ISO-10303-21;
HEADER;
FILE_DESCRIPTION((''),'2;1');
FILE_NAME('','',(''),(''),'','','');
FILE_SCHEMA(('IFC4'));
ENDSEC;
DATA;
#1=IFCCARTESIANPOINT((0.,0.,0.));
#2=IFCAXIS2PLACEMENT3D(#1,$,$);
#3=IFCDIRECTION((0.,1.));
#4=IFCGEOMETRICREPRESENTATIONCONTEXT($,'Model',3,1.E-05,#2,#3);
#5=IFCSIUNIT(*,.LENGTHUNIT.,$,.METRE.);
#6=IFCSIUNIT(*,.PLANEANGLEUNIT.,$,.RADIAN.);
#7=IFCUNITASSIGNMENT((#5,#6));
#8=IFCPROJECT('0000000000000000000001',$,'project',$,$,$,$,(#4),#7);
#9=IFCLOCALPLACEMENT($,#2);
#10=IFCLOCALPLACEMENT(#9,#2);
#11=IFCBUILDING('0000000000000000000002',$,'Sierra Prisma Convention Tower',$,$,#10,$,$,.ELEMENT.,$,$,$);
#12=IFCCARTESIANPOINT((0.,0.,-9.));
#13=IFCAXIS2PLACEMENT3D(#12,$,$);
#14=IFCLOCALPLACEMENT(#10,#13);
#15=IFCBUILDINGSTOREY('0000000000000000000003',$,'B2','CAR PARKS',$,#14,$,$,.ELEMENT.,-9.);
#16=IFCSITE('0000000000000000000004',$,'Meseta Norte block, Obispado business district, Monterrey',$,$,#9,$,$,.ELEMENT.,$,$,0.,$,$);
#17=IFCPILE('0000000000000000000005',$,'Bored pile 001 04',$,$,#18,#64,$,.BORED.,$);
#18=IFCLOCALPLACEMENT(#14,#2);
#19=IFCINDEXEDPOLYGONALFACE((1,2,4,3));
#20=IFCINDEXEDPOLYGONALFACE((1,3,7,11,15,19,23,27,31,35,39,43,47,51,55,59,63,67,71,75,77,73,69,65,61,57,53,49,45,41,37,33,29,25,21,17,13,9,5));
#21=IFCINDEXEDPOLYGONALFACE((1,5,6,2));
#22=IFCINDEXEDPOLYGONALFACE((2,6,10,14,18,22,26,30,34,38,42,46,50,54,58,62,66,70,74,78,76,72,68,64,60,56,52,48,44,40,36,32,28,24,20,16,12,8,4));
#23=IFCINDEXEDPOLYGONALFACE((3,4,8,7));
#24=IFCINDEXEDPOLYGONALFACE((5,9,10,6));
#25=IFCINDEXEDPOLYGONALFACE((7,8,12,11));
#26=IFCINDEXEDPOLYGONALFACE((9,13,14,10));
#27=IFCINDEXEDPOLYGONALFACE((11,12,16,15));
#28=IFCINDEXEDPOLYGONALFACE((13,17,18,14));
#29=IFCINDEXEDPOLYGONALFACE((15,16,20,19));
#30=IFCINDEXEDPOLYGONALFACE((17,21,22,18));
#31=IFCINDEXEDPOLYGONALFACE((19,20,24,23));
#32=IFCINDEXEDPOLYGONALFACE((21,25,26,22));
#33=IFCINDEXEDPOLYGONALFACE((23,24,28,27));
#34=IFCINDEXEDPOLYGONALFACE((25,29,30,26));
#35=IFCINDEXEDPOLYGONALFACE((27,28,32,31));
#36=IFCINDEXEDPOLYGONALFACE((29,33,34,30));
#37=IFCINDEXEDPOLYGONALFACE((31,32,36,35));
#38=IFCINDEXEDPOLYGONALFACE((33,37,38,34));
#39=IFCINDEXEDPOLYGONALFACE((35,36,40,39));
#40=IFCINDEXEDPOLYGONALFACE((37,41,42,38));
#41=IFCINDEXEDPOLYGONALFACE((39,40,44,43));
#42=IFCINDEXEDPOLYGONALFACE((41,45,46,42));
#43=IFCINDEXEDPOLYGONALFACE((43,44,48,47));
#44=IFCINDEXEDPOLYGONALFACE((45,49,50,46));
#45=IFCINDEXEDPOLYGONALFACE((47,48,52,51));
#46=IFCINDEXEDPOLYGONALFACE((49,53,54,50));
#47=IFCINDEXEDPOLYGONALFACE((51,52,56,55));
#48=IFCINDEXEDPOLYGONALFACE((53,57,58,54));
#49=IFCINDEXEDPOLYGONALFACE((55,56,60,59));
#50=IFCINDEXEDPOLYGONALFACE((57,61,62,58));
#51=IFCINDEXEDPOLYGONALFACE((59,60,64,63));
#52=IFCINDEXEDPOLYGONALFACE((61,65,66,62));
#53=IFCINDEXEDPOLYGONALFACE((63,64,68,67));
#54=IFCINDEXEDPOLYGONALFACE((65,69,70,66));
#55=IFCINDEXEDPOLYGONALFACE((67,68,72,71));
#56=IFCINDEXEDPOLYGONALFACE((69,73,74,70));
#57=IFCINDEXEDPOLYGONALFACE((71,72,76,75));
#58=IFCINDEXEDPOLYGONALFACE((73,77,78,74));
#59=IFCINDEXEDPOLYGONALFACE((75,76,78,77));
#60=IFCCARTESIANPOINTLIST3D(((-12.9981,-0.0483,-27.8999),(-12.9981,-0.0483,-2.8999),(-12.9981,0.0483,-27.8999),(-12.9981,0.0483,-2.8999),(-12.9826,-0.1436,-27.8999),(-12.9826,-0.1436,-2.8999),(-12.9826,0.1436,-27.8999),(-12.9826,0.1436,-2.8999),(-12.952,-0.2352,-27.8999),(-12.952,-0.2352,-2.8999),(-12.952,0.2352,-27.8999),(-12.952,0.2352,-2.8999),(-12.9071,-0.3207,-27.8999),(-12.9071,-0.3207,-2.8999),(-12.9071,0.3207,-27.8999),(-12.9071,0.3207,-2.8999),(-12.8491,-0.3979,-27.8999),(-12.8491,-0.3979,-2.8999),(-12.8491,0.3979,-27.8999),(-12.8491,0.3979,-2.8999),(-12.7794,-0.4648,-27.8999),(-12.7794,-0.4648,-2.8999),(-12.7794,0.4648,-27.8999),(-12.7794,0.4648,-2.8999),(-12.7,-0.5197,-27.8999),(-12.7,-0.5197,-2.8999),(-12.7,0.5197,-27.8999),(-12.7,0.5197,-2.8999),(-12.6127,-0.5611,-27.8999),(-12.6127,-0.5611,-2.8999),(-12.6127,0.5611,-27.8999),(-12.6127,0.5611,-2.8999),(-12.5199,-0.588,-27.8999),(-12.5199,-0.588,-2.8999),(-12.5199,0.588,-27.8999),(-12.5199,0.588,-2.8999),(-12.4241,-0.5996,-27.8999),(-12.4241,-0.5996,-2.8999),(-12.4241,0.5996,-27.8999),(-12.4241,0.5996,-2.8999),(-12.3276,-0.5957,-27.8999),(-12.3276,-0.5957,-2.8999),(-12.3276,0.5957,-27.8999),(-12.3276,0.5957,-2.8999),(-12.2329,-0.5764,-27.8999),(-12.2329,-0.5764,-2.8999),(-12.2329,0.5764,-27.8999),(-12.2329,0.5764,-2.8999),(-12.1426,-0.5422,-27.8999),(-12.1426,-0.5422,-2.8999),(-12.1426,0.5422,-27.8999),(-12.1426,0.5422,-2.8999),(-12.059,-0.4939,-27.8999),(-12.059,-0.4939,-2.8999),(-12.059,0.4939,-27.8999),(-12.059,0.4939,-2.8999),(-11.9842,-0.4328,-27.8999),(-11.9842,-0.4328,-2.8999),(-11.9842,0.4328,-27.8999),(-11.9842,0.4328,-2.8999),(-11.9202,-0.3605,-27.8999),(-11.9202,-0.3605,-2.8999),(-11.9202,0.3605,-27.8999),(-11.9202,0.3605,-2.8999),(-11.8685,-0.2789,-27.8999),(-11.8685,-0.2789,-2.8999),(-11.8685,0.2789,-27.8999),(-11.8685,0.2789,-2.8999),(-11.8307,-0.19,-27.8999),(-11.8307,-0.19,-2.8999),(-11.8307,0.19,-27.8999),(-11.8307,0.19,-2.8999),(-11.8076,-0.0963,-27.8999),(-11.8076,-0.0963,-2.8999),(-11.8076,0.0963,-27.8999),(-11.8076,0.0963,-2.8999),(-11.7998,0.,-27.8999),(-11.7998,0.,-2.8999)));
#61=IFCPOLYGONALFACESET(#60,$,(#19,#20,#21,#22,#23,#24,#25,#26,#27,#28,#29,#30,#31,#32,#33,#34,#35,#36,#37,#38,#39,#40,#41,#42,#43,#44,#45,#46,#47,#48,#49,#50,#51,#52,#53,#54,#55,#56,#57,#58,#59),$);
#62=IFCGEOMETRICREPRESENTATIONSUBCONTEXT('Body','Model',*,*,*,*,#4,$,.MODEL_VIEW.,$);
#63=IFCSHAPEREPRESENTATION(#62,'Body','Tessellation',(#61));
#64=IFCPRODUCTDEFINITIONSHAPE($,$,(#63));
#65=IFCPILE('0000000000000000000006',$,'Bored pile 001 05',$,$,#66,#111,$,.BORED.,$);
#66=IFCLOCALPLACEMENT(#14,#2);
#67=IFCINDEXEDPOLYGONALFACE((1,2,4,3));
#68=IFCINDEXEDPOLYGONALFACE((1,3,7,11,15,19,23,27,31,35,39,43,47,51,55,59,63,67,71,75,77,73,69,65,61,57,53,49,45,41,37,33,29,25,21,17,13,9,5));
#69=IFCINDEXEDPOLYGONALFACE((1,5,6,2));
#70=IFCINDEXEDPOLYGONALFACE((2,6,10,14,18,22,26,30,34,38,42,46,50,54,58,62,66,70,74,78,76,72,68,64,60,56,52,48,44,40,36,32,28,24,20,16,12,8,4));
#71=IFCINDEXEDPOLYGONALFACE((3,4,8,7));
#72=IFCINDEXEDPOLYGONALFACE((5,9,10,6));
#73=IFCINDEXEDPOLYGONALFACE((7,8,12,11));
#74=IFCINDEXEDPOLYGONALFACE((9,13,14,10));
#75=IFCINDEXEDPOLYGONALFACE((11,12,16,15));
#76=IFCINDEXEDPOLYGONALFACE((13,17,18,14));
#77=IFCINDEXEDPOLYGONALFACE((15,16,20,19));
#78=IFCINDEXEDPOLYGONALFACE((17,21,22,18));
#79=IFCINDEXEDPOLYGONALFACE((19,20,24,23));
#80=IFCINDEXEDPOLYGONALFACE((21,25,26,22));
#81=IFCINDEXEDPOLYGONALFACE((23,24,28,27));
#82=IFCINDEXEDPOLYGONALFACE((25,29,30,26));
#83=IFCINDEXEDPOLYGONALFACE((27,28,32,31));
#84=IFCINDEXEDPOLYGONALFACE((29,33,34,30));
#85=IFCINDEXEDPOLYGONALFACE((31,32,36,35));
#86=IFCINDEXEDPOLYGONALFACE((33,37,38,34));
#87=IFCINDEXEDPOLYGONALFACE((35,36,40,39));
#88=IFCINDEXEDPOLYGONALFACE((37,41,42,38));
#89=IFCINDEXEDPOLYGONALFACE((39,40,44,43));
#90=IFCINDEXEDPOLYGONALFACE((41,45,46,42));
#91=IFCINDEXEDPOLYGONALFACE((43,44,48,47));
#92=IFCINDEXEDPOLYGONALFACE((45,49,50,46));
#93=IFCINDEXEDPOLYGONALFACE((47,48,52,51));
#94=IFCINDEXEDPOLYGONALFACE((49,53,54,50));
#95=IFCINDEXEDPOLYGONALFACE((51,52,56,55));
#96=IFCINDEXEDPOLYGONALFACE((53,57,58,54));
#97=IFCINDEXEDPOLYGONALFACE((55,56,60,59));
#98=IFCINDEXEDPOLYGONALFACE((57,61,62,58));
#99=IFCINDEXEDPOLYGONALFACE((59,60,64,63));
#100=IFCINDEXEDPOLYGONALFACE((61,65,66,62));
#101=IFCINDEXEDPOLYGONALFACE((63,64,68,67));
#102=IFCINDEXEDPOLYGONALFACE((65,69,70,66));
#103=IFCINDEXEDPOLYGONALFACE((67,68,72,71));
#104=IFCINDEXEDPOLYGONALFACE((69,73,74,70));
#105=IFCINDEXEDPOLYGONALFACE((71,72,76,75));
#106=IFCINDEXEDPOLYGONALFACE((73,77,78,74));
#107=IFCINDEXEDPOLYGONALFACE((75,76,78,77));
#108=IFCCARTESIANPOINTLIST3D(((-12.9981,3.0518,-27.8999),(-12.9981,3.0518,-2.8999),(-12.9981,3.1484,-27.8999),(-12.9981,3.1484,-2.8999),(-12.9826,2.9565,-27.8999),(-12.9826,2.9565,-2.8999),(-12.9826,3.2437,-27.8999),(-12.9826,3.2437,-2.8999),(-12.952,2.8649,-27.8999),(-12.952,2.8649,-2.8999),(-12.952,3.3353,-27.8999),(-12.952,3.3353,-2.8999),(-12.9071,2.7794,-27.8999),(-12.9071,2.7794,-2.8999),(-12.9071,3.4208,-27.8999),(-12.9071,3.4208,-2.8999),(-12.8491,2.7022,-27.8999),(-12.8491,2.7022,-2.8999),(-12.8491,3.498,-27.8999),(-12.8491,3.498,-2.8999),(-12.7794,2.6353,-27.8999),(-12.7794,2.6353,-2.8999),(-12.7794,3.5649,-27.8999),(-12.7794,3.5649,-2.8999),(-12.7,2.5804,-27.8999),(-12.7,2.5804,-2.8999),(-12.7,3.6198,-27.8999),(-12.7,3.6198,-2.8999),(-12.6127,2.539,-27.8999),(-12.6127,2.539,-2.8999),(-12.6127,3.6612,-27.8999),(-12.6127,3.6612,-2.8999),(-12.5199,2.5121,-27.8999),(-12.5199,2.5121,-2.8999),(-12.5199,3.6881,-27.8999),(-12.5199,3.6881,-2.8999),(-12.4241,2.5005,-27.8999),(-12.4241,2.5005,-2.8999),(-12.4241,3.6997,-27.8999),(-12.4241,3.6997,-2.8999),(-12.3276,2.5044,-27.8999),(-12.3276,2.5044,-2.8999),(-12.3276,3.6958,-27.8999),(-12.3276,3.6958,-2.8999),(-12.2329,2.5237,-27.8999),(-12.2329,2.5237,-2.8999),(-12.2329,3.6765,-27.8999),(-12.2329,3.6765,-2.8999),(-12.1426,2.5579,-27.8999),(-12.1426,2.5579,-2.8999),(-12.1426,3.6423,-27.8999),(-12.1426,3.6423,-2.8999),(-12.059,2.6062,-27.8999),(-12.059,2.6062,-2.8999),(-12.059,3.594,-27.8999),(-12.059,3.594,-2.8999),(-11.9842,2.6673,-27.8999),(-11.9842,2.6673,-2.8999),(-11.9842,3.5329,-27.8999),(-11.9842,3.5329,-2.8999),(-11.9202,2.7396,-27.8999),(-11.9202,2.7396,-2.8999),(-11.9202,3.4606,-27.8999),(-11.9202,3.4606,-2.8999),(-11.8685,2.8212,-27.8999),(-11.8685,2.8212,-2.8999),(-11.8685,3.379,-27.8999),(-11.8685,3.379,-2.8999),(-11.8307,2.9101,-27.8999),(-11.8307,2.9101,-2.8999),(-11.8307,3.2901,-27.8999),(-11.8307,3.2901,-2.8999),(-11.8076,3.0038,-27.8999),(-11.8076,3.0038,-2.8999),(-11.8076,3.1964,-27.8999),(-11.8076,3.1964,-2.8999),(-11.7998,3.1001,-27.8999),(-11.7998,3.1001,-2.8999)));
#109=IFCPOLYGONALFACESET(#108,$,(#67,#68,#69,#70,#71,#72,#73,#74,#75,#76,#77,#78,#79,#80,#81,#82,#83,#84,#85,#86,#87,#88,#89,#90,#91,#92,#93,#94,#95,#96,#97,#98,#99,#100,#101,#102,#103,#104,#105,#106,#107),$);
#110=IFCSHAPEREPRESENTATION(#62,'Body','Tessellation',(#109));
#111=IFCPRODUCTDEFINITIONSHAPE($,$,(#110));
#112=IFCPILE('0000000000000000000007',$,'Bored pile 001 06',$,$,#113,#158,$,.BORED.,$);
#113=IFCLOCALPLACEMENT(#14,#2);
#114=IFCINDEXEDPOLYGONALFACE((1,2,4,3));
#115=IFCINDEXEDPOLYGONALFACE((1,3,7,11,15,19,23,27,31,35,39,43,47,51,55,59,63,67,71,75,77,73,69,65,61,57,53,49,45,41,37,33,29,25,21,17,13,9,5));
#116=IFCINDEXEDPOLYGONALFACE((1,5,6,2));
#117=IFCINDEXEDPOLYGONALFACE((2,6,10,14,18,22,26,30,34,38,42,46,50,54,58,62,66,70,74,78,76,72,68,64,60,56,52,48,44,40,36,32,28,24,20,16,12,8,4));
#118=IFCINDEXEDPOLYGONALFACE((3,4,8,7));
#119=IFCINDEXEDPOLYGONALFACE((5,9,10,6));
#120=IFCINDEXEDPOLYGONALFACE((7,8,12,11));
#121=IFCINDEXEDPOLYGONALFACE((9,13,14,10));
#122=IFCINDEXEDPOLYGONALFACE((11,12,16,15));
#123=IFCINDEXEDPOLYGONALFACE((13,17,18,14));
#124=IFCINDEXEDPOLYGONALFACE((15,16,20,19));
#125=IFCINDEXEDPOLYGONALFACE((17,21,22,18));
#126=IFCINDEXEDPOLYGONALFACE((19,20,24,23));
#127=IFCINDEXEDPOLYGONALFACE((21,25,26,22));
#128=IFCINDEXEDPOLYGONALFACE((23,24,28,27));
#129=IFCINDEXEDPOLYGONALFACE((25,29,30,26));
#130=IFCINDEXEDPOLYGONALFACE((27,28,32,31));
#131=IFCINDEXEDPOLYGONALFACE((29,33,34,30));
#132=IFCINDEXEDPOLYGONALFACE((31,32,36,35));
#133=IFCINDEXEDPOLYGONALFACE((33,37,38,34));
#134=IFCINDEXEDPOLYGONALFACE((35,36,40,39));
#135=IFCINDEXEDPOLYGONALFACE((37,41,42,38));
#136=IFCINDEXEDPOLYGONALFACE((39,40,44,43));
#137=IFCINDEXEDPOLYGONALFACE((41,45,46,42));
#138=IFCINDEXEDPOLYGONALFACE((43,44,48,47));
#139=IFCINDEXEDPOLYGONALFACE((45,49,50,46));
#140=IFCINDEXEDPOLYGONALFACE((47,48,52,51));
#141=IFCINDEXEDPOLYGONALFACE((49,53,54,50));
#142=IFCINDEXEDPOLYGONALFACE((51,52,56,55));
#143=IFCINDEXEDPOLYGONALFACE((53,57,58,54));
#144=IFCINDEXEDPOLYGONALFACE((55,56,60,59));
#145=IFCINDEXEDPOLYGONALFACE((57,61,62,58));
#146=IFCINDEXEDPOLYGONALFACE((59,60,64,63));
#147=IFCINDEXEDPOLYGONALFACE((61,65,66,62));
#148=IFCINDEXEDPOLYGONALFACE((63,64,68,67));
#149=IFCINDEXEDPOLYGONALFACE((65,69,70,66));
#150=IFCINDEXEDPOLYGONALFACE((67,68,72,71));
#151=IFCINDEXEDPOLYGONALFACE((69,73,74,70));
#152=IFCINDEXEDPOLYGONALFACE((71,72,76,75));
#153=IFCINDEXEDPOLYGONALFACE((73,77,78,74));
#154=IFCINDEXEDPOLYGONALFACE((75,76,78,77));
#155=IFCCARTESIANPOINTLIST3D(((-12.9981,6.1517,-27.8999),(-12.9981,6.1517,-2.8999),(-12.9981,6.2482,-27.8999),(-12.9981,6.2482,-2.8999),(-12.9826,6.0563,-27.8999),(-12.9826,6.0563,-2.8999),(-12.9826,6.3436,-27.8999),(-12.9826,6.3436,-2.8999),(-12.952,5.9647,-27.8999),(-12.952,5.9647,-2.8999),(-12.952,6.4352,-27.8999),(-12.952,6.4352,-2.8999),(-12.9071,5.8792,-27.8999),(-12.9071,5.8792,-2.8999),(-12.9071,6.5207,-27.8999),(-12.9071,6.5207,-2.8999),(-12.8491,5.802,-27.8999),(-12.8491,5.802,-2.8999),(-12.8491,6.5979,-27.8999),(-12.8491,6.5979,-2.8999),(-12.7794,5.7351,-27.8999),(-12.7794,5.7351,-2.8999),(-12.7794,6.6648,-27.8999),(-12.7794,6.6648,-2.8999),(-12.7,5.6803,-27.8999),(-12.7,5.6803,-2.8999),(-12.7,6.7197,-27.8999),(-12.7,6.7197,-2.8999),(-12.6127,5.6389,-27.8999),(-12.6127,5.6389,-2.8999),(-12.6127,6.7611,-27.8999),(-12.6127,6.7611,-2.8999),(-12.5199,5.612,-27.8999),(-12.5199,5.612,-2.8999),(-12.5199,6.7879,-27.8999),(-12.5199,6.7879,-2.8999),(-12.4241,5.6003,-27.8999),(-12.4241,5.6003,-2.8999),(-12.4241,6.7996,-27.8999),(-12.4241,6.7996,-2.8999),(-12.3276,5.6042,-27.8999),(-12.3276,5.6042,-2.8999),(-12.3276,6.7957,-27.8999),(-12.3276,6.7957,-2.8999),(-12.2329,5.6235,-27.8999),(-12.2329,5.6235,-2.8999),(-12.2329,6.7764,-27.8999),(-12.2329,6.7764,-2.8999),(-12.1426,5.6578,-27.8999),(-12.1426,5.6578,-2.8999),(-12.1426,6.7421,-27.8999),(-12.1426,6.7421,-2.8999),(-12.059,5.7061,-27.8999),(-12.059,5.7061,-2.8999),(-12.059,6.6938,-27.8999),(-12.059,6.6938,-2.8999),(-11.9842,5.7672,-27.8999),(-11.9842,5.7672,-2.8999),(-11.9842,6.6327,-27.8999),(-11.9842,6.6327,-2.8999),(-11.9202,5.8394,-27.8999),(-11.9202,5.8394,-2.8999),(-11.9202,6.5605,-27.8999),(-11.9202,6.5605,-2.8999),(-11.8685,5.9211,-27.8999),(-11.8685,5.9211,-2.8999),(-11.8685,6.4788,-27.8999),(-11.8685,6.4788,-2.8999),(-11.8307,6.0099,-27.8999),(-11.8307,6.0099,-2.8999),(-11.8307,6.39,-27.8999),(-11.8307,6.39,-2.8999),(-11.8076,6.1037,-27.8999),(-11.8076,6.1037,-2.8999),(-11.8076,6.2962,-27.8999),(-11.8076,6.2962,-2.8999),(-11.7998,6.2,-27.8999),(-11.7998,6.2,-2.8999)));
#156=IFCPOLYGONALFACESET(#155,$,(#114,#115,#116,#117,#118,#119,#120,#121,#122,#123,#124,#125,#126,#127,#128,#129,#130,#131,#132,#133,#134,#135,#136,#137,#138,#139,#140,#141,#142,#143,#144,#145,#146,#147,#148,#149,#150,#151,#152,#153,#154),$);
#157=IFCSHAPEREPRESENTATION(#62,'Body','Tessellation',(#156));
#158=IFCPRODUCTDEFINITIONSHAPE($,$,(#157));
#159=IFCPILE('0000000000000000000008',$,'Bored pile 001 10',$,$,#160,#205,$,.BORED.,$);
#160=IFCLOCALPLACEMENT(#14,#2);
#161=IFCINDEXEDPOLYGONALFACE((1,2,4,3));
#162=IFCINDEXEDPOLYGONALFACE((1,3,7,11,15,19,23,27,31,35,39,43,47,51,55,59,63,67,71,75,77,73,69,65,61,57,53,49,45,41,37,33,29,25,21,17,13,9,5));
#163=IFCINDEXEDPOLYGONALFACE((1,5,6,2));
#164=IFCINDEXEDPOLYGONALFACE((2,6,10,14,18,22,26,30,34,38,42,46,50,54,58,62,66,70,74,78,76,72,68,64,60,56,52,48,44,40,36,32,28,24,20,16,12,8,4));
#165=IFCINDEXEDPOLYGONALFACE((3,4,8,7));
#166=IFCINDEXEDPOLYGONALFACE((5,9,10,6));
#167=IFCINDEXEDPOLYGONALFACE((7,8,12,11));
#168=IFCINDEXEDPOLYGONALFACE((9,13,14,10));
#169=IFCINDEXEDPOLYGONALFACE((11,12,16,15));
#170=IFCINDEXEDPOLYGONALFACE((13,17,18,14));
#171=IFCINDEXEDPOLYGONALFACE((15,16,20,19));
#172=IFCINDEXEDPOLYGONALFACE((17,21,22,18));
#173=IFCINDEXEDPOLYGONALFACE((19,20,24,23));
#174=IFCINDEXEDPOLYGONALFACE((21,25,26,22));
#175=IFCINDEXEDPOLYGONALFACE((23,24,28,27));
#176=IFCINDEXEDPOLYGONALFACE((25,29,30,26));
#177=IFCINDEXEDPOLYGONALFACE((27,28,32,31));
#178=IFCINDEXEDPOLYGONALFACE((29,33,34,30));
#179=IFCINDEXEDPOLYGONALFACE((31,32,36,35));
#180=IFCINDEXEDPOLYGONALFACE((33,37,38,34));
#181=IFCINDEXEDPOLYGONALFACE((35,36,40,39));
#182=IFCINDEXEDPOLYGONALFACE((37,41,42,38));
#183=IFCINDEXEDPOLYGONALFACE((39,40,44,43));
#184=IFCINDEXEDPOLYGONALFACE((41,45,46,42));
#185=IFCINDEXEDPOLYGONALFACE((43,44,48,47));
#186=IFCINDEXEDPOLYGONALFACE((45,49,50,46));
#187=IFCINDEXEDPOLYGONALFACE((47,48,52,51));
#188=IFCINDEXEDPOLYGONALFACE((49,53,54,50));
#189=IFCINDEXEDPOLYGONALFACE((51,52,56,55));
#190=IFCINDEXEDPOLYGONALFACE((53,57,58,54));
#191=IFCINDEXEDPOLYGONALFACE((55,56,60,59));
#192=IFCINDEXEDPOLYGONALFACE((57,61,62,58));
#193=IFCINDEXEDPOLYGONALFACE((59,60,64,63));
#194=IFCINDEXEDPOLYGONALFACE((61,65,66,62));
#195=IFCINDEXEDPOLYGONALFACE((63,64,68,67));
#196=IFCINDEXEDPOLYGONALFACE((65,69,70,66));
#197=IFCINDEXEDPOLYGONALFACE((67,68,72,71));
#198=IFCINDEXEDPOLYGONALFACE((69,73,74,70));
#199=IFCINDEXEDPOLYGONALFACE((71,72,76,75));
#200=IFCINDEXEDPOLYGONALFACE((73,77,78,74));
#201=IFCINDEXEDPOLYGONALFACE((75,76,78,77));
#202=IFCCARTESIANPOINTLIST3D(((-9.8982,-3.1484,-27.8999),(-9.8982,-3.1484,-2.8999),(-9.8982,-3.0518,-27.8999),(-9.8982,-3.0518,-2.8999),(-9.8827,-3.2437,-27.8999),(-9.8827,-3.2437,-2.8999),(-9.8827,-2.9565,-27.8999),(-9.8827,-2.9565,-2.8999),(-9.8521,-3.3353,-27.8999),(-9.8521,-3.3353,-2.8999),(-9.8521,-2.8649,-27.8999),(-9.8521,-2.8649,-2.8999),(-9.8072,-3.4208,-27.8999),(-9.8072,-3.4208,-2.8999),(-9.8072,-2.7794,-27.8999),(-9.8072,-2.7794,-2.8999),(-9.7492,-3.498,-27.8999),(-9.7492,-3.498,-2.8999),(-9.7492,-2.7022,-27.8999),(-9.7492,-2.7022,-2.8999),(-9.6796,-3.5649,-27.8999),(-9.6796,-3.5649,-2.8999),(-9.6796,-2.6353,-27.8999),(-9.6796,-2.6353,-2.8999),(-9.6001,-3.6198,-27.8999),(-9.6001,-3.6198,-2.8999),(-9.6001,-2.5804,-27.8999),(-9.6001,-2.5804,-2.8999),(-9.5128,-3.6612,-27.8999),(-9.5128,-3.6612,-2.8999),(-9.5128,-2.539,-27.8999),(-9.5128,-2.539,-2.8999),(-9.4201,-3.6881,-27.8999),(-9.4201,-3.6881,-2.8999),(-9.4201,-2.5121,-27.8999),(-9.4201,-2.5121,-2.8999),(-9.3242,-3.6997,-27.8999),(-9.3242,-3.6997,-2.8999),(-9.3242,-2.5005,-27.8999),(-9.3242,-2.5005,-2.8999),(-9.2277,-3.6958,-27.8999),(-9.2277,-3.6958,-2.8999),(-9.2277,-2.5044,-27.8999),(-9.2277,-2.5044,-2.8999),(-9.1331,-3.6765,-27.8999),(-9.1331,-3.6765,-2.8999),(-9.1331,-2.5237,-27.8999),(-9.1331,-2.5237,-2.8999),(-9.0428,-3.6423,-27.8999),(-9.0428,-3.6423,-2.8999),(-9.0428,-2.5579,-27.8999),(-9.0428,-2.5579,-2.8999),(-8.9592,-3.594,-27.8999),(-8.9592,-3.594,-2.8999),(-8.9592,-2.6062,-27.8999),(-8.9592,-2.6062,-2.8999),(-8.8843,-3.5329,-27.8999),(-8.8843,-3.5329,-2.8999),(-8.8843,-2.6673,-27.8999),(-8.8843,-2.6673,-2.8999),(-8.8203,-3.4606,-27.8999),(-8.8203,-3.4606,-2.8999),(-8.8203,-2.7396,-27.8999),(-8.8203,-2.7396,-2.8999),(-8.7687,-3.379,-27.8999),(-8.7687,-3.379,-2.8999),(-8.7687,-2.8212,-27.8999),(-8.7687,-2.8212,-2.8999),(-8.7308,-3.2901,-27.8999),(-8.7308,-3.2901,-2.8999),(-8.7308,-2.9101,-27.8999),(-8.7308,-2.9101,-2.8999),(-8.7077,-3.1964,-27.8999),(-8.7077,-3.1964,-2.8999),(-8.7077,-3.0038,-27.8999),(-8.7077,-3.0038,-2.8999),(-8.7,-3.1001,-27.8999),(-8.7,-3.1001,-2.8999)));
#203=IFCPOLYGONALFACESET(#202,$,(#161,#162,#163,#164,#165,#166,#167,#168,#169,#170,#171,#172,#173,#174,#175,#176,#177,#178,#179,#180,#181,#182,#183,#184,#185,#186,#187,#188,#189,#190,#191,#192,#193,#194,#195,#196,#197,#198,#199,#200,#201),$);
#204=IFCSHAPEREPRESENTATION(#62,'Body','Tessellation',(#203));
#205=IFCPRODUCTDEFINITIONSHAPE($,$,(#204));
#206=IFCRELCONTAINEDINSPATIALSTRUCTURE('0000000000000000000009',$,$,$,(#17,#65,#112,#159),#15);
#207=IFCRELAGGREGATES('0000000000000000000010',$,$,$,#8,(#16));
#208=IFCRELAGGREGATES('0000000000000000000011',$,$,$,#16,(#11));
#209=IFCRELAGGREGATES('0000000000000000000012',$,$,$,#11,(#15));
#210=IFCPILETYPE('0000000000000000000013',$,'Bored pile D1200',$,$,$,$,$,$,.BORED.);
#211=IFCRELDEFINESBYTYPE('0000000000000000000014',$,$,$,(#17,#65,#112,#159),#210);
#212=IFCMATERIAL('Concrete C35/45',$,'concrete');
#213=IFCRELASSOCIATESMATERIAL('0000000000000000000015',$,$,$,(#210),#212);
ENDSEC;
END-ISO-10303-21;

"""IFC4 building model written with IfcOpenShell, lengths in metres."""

from ifc_helpers import new_model, si_unit, direction, frame, origin, origin_2d, place, context, subcontext, project, spatial, circle, extrude, material, material_profile, profile_set, type_object, element, save


model = new_model("IFC4")

# Units and contexts
model_context = context("Model", 3, precision=1e-05, world=origin(), true_north=direction((0.0, 1.0)))
body_context = subcontext(model_context, "Body", "Model", "MODEL_VIEW")
ifc_project = project(units=[si_unit("LENGTHUNIT", "METRE"), si_unit("PLANEANGLEUNIT", "RADIAN")], contexts=[model_context])

# Site, building, storey
site_placement = place(None, origin())
site = spatial("IfcSite", under=ifc_project, at=site_placement, Name="Meseta Norte block, Obispado business district, Monterrey", CompositionType="ELEMENT", RefElevation=0.0)
building_placement = place(site_placement, origin())
building = spatial("IfcBuilding", under=site, at=building_placement, Name="Sierra Prisma Convention Tower", CompositionType="ELEMENT")
storey_placement = place(building_placement, frame((0.0, 0.0, -9.0)))
storey = spatial("IfcBuildingStorey", under=building, at=storey_placement, Name="B2", Description="CAR PARKS", CompositionType="ELEMENT", Elevation=-9.0)

# Piles
ifc_material_1 = material(Name="Concrete C35/45", Category="concrete")
ifc_material_profile_1 = material_profile(ifc_material_1, circle(Radius=0.6001, at=origin_2d()), Name="D1200")
ifc_profile_set_1 = profile_set([ifc_material_profile_1], Name="Concrete C35/45")
pile_type_1 = type_object("IfcPileType", Name="Bored pile D1200", PredefinedType="BORED", material=ifc_profile_set_1)
for number, where, z_axis, x_axis, name in (
    (1, (-12.3999, 0.0, -2.8999), (0.0, 0.0, -1.0), (1.0, 0.0, 0.0), "Bored pile 001 04"),
    (2, (-12.3999, 3.1001, -2.8999), (0.0, 0.0, -1.0), (1.0, 0.0, 0.0), "Bored pile 001 05"),
    (3, (-12.3999, 6.2, -2.8999), (0.0, 0.0, -1.0), (1.0, 0.0, 0.0), "Bored pile 001 06"),
    (4, (-9.3, -3.1001, -2.8999), (0.0, 0.0, -1.0), (1.0, 0.0, 0.0), "Bored pile 001 10"),
):
    element("IfcPile", number, at=place(storey_placement, frame(where, z_axis=z_axis, x_axis=x_axis)), inside=storey, type_object=pile_type_1, Name=name, PredefinedType="BORED", context=body_context, shape_type="SweptSolid", body=[
        extrude(circle(Radius=0.6001, at=origin_2d()), origin(), (0.0, 0.0, 1.0), 25.0),
    ])

save(model, "model.ifc")
